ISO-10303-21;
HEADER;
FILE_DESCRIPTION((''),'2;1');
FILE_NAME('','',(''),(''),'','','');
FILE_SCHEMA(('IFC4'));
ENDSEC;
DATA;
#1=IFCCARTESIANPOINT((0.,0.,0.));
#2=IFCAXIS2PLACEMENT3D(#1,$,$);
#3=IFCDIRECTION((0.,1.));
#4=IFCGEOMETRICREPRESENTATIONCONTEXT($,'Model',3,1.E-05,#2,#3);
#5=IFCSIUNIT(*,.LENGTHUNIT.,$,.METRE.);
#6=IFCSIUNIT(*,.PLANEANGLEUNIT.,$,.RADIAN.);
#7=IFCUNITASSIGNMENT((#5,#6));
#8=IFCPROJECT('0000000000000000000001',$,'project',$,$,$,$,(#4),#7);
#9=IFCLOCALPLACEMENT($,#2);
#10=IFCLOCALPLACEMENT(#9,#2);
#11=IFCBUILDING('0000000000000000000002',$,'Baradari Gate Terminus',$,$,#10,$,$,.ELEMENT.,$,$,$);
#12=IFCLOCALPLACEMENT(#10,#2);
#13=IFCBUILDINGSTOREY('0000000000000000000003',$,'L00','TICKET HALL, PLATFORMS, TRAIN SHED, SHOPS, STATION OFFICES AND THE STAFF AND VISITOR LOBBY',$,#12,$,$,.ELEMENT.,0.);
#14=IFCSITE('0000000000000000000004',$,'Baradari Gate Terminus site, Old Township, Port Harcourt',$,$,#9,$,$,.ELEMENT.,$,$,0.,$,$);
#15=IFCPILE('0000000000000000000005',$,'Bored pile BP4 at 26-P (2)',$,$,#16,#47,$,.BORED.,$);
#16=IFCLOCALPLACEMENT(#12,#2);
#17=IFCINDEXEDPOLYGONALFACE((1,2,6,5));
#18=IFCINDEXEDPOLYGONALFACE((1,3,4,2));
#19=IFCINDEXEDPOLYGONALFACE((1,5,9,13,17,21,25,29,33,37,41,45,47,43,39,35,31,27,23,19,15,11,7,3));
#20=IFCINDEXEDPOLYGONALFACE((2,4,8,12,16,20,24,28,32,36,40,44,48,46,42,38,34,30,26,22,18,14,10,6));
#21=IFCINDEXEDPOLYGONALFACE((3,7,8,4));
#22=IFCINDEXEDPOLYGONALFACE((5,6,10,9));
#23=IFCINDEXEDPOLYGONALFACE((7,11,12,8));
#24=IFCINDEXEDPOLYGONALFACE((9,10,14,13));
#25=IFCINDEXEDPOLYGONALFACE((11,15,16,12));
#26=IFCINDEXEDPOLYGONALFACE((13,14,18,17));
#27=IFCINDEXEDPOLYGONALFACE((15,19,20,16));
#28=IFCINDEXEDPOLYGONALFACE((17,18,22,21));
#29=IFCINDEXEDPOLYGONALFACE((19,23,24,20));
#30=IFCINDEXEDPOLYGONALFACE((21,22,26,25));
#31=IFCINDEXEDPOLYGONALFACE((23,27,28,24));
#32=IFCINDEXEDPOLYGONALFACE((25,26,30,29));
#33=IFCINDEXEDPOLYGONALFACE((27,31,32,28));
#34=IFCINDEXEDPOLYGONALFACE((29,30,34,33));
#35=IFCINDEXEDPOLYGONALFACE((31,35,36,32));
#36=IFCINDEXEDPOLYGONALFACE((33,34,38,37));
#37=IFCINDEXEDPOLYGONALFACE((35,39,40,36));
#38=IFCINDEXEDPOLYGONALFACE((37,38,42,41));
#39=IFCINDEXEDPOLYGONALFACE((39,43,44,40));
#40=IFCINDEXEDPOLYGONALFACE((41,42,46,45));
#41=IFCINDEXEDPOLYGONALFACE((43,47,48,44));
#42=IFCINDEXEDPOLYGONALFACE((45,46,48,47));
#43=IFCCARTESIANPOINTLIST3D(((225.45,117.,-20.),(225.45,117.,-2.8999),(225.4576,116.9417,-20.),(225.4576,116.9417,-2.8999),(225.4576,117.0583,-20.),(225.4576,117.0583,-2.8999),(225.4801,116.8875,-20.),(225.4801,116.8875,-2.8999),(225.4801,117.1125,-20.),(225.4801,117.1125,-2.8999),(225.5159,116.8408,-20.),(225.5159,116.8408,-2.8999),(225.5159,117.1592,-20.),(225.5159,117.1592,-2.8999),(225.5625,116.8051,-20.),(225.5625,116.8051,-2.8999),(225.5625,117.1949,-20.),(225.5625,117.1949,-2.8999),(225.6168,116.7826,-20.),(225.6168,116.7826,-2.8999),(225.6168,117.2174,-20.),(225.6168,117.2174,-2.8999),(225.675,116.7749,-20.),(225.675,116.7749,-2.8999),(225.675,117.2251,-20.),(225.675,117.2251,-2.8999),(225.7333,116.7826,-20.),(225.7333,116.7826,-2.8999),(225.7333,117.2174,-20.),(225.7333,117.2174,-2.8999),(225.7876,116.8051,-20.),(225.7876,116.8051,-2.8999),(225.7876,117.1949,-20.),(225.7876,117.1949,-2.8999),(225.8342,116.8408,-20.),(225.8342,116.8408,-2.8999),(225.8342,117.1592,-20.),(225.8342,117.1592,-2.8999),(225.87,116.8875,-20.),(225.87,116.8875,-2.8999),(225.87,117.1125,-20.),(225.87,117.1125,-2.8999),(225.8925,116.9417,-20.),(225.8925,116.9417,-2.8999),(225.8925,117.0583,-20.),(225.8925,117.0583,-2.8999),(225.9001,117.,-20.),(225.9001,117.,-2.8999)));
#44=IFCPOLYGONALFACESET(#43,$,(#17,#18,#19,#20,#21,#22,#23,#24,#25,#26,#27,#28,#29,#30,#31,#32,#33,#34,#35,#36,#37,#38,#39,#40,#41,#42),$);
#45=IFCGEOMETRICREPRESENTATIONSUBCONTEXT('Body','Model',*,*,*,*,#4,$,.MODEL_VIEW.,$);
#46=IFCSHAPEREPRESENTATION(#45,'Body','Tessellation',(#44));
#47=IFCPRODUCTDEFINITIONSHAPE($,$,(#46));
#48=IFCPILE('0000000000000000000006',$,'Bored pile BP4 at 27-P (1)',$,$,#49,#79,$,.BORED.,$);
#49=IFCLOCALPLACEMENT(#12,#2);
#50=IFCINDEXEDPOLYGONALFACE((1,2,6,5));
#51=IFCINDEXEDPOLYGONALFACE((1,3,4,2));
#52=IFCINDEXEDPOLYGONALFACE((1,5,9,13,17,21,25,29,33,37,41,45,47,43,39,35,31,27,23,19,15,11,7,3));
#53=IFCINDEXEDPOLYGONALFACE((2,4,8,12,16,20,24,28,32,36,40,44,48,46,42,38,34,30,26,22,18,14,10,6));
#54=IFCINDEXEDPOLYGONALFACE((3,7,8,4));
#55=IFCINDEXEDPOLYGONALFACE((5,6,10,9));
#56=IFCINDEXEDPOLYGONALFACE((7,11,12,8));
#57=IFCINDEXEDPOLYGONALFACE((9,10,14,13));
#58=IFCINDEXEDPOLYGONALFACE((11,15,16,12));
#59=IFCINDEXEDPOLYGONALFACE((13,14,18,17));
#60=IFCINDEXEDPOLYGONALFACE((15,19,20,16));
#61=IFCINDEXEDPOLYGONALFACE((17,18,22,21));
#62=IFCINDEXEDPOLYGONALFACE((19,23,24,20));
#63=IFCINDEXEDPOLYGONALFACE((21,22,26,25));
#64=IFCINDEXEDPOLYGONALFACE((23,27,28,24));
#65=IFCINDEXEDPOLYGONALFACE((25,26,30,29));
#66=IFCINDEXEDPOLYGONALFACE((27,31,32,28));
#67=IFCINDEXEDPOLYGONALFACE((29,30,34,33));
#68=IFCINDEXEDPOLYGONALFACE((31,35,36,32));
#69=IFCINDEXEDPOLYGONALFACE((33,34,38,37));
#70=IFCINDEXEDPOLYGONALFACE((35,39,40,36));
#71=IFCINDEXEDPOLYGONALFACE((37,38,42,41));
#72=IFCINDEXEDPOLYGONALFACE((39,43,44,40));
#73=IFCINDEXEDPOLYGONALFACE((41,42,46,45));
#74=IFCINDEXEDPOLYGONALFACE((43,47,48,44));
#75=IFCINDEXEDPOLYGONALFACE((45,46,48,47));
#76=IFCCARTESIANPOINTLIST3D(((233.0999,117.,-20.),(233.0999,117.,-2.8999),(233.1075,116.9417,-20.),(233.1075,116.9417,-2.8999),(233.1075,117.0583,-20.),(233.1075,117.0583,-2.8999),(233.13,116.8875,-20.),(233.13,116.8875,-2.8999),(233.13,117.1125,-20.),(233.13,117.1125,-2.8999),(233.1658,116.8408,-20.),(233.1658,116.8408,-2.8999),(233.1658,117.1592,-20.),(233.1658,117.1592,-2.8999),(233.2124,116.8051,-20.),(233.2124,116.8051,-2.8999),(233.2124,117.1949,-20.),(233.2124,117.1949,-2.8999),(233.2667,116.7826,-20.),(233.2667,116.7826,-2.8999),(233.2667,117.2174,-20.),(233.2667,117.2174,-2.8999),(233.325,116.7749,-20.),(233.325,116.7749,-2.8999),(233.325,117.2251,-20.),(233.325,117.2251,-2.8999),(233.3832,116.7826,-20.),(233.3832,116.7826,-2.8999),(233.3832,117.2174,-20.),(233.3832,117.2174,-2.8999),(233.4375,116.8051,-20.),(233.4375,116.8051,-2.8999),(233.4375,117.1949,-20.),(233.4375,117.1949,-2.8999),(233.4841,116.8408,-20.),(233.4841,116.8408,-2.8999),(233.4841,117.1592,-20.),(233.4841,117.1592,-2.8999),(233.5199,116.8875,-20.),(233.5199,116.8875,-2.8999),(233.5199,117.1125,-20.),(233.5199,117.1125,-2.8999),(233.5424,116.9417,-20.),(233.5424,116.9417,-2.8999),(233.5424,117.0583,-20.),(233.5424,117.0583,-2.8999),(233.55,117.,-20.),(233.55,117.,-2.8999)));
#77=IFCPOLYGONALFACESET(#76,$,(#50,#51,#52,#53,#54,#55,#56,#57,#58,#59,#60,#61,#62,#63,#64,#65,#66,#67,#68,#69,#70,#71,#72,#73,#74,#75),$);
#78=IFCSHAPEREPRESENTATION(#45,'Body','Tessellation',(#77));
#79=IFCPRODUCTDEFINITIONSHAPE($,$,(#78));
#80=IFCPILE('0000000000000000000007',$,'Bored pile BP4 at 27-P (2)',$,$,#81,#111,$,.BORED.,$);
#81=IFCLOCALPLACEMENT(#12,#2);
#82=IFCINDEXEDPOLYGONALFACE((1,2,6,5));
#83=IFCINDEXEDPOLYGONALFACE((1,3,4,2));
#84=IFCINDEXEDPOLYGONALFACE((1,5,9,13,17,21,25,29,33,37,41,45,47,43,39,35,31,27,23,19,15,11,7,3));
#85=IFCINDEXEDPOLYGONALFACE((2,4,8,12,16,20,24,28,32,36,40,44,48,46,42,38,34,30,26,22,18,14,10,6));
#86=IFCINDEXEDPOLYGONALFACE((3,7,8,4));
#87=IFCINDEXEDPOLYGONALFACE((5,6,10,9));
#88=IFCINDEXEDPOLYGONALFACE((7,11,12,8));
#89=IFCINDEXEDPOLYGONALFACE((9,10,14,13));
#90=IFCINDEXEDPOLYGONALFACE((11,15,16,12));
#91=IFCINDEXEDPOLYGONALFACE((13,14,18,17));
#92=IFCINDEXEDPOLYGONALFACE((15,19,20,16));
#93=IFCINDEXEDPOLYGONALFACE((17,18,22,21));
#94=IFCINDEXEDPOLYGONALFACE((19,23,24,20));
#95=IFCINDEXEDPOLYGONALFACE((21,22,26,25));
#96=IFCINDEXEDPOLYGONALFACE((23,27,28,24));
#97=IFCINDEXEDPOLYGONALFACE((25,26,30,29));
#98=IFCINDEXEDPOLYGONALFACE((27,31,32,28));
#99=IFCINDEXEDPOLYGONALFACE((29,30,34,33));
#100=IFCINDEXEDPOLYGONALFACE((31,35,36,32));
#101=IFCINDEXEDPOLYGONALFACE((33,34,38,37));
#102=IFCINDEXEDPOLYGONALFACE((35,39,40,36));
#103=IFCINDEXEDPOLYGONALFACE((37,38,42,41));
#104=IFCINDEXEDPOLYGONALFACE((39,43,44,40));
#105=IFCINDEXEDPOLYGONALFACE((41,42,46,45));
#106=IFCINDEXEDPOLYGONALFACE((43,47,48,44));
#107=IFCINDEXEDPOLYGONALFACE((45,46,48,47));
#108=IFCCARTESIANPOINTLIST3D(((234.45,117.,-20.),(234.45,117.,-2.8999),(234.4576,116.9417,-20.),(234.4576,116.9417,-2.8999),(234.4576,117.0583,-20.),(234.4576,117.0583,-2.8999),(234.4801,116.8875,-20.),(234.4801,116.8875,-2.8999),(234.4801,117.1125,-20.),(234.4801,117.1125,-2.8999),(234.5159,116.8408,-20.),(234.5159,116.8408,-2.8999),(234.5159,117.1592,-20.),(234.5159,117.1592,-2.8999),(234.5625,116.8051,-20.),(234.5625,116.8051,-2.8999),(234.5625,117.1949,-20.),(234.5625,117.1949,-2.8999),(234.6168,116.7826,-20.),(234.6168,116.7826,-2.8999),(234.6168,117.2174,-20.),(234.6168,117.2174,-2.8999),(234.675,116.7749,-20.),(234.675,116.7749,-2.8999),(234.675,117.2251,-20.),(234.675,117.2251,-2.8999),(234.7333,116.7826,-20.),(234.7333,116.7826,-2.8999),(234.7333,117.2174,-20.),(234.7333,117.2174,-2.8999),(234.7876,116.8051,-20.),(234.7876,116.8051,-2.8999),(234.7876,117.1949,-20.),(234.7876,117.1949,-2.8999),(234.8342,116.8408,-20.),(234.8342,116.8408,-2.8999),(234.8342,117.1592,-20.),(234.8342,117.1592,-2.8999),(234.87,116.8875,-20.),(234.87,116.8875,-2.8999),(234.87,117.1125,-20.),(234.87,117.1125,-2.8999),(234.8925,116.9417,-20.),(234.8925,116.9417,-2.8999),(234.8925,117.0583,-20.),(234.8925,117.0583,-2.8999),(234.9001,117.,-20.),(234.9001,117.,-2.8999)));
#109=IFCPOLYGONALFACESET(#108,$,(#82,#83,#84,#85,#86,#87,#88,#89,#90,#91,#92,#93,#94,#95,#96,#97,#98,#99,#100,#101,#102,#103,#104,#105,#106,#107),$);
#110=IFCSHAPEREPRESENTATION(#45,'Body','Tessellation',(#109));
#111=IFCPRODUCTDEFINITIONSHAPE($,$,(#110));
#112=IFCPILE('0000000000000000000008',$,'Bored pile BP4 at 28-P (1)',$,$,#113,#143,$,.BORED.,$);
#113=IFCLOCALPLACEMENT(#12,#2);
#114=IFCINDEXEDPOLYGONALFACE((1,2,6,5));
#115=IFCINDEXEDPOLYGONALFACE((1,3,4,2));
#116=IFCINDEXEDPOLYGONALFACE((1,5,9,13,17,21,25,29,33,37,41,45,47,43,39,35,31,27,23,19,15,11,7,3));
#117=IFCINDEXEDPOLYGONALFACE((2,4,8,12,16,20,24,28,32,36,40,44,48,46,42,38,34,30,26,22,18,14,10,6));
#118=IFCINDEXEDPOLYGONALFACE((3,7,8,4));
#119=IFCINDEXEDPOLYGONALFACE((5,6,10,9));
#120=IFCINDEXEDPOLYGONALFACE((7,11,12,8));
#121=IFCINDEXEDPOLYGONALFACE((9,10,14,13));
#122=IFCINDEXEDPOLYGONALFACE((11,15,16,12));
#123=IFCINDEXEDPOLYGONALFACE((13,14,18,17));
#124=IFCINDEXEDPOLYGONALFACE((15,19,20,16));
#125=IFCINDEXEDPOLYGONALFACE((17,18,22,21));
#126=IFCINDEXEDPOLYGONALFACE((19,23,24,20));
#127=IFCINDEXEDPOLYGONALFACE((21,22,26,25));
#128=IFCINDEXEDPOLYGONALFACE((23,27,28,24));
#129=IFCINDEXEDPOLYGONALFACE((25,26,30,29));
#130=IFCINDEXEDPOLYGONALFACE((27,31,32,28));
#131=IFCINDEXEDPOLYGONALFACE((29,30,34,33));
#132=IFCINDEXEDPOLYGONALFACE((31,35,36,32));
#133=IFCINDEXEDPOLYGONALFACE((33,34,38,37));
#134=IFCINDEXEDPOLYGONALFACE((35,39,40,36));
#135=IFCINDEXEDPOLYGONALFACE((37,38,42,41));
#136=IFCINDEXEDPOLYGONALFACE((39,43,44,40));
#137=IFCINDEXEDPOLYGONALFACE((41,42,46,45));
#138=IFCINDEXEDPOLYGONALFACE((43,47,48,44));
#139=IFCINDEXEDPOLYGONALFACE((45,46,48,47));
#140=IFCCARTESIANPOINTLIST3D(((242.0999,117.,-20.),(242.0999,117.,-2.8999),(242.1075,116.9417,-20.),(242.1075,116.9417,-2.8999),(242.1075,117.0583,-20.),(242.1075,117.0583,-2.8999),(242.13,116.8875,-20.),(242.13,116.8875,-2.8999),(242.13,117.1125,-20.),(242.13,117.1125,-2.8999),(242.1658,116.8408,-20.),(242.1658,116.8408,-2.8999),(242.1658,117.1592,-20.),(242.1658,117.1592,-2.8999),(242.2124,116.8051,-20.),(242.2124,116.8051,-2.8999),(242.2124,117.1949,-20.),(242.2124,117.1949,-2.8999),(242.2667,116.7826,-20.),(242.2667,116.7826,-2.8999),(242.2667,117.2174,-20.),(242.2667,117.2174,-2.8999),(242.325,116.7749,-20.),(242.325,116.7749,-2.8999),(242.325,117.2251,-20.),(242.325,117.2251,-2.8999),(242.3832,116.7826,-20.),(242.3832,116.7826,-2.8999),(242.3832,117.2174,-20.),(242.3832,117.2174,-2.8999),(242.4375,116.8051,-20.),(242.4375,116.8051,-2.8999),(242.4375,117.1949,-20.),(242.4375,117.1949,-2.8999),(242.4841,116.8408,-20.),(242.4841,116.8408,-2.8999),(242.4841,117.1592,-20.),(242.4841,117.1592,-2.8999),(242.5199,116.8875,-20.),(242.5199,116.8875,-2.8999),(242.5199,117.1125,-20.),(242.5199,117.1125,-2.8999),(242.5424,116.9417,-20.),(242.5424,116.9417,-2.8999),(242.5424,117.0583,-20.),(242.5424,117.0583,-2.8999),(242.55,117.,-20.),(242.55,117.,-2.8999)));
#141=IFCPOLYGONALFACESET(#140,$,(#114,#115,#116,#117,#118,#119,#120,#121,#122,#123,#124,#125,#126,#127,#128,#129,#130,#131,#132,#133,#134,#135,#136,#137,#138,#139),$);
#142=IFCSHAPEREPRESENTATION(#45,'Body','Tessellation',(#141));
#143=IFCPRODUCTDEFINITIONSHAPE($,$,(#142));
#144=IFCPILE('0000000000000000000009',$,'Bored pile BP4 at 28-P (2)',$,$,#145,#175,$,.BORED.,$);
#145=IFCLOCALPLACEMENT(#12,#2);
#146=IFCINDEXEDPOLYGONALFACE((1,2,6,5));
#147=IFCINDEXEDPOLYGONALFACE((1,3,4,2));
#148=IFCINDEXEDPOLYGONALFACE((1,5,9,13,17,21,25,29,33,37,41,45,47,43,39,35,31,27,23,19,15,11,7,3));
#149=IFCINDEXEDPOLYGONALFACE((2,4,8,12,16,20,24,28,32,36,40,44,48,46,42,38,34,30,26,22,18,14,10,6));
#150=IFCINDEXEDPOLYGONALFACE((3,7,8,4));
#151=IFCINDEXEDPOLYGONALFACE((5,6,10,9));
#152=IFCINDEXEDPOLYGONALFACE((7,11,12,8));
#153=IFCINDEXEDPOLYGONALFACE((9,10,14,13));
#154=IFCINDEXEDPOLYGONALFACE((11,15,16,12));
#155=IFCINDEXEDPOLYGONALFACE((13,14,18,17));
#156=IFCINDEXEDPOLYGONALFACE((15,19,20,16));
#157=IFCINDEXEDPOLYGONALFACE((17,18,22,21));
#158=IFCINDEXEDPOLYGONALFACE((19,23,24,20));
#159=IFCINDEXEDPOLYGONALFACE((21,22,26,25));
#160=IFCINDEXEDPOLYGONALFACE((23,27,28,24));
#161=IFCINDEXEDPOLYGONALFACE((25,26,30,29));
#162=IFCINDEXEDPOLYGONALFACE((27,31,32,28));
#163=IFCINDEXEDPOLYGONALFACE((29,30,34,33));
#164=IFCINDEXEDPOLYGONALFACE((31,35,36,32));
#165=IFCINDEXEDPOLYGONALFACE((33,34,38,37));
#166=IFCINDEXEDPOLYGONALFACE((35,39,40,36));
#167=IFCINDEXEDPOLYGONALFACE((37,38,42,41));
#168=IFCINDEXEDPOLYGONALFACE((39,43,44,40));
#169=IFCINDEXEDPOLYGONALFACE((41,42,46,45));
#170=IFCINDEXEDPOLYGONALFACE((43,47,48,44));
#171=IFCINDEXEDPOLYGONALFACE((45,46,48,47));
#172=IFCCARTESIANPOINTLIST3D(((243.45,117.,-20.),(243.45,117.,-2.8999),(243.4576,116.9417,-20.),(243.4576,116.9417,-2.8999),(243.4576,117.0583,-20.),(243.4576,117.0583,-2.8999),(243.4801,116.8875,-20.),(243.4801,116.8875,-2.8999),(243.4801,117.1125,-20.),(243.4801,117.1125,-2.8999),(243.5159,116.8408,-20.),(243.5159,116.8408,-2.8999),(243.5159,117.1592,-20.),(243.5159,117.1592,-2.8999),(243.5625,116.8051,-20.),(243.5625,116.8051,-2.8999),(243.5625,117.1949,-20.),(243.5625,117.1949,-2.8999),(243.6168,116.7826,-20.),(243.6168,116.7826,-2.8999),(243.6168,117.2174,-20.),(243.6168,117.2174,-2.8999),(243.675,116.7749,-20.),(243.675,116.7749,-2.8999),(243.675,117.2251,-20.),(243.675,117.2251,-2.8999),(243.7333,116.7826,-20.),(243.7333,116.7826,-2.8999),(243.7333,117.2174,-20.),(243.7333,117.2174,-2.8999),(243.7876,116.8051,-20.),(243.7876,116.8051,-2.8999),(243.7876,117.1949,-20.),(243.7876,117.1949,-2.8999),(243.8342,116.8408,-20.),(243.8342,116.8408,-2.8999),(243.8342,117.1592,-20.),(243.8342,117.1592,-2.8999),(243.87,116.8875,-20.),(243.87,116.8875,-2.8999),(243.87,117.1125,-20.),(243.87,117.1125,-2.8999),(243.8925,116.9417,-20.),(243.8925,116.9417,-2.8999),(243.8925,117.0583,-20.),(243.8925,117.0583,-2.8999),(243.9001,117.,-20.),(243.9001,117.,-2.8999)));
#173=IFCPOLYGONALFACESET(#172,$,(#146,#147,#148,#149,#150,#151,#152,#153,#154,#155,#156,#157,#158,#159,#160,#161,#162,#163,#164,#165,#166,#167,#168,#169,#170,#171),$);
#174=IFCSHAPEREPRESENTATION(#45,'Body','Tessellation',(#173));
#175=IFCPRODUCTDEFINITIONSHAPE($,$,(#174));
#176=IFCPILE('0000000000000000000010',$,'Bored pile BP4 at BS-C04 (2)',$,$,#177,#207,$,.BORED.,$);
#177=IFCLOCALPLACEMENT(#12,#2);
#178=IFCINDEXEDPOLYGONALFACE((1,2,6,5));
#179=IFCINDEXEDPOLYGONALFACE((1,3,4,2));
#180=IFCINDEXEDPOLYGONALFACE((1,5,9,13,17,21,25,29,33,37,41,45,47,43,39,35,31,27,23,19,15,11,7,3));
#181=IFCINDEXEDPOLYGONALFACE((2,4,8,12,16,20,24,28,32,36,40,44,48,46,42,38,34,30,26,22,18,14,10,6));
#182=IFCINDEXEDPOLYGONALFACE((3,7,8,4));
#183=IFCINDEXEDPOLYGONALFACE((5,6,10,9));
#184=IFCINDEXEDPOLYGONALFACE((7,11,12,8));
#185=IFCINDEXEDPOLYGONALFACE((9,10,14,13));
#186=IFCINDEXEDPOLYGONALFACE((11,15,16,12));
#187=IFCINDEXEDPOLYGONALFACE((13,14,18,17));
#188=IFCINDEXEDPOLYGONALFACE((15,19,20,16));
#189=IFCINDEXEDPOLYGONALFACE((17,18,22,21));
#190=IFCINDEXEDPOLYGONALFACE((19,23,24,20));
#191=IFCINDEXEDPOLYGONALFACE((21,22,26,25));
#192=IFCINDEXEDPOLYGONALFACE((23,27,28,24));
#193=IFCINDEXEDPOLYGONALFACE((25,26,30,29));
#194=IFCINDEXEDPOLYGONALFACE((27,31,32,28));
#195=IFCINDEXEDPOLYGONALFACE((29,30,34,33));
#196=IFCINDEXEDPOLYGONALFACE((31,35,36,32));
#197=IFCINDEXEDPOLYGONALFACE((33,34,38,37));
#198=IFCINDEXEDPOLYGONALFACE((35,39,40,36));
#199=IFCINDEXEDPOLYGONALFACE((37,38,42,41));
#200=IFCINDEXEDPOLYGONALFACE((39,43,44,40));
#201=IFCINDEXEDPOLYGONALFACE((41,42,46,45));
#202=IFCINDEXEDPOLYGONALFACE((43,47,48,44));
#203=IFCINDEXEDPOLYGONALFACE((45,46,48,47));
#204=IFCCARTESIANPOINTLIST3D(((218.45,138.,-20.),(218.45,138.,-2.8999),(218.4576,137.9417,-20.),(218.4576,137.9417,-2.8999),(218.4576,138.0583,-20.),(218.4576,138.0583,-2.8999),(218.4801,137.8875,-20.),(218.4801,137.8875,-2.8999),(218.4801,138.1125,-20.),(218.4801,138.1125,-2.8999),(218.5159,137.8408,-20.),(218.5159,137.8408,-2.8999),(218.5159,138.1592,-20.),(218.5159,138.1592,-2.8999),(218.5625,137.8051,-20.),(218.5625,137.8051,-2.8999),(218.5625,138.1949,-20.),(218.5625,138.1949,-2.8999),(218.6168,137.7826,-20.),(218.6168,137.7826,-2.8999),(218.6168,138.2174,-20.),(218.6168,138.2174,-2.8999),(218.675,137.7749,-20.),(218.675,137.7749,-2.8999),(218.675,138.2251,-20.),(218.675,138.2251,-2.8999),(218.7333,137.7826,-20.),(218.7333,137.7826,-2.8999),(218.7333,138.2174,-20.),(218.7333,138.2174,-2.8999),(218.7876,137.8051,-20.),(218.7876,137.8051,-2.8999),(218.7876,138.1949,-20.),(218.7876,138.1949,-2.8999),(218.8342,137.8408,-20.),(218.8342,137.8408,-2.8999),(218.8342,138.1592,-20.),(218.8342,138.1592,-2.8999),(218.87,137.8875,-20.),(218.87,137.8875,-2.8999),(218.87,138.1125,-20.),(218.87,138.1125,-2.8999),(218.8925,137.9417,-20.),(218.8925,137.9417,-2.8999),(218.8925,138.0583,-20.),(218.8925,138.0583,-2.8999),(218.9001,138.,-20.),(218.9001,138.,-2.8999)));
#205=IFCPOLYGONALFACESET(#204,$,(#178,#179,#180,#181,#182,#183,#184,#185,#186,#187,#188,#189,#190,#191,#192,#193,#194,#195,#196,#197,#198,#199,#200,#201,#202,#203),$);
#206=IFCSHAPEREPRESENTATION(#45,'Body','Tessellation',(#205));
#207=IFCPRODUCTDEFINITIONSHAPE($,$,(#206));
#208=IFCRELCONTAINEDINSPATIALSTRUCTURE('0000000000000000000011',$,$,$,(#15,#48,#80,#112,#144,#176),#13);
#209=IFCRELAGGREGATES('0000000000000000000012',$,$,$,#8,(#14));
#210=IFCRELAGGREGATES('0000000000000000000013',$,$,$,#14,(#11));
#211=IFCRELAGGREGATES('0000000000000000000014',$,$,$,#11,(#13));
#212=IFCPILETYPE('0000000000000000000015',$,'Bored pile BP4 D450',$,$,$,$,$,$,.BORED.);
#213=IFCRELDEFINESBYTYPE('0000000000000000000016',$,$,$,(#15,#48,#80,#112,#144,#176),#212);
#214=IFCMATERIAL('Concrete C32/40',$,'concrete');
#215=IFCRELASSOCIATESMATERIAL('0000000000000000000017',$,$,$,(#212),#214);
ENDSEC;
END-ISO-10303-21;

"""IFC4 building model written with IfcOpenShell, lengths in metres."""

from ifc_helpers import new_model, si_unit, direction, frame, origin, origin_2d, place, context, subcontext, project, spatial, circle, extrude, material, type_object, element, save


model = new_model("IFC4")

# Units and contexts
model_context = context("Model", 3, precision=1e-05, world=origin(), true_north=direction((0.0, 1.0)))
body_context = subcontext(model_context, "Body", "Model", "MODEL_VIEW")
ifc_project = project(units=[si_unit("LENGTHUNIT", "METRE"), si_unit("PLANEANGLEUNIT", "RADIAN")], contexts=[model_context])

# Site, building, storey
site_placement = place(None, origin())
site = spatial("IfcSite", under=ifc_project, at=site_placement, Name="Baradari Gate Terminus site, Old Township, Port Harcourt", CompositionType="ELEMENT", RefElevation=0.0)
building_placement = place(site_placement, origin())
building = spatial("IfcBuilding", under=site, at=building_placement, Name="Baradari Gate Terminus", CompositionType="ELEMENT")
storey_placement = place(building_placement, origin())
storey = spatial("IfcBuildingStorey", under=building, at=storey_placement, Name="L00", Description="TICKET HALL, PLATFORMS, TRAIN SHED, SHOPS, STATION OFFICES AND THE STAFF AND VISITOR LOBBY", CompositionType="ELEMENT", Elevation=0.0)

# Piles
ifc_material_1 = material(Name="Concrete C32/40", Category="concrete")
pile_type = type_object("IfcPileType", Name="Bored pile BP4 D450", PredefinedType="BORED", material=ifc_material_1)
for number, where, z_axis, x_axis, name in (
    (1, (225.675, 117.0, -2.8999), (0.0, 0.0, -1.0), (1.0, 0.0, 0.0), "Bored pile BP4 at 26-P (2)"),
    (2, (233.325, 117.0, -2.8999), (0.0, 0.0, -1.0), (1.0, 0.0, 0.0), "Bored pile BP4 at 27-P (1)"),
    (3, (234.675, 117.0, -2.8999), (0.0, 0.0, -1.0), (1.0, 0.0, 0.0), "Bored pile BP4 at 27-P (2)"),
    (4, (242.325, 117.0, -2.8999), (0.0, 0.0, -1.0), (1.0, 0.0, 0.0), "Bored pile BP4 at 28-P (1)"),
    (5, (243.675, 117.0, -2.8999), (0.0, 0.0, -1.0), (1.0, 0.0, 0.0), "Bored pile BP4 at 28-P (2)"),
    (6, (218.675, 138.0, -2.8999), (0.0, 0.0, -1.0), (1.0, 0.0, 0.0), "Bored pile BP4 at BS-C04 (2)"),
):
    element("IfcPile", number, at=place(storey_placement, frame(where, z_axis=z_axis, x_axis=x_axis)), inside=storey, type_object=pile_type, Name=name, PredefinedType="BORED", context=body_context, shape_type="SweptSolid", body=[
        extrude(circle(Radius=0.2251, at=origin_2d()), origin(), (0.0, 0.0, 1.0), 17.1001),
    ])

save(model, "model.ifc")
